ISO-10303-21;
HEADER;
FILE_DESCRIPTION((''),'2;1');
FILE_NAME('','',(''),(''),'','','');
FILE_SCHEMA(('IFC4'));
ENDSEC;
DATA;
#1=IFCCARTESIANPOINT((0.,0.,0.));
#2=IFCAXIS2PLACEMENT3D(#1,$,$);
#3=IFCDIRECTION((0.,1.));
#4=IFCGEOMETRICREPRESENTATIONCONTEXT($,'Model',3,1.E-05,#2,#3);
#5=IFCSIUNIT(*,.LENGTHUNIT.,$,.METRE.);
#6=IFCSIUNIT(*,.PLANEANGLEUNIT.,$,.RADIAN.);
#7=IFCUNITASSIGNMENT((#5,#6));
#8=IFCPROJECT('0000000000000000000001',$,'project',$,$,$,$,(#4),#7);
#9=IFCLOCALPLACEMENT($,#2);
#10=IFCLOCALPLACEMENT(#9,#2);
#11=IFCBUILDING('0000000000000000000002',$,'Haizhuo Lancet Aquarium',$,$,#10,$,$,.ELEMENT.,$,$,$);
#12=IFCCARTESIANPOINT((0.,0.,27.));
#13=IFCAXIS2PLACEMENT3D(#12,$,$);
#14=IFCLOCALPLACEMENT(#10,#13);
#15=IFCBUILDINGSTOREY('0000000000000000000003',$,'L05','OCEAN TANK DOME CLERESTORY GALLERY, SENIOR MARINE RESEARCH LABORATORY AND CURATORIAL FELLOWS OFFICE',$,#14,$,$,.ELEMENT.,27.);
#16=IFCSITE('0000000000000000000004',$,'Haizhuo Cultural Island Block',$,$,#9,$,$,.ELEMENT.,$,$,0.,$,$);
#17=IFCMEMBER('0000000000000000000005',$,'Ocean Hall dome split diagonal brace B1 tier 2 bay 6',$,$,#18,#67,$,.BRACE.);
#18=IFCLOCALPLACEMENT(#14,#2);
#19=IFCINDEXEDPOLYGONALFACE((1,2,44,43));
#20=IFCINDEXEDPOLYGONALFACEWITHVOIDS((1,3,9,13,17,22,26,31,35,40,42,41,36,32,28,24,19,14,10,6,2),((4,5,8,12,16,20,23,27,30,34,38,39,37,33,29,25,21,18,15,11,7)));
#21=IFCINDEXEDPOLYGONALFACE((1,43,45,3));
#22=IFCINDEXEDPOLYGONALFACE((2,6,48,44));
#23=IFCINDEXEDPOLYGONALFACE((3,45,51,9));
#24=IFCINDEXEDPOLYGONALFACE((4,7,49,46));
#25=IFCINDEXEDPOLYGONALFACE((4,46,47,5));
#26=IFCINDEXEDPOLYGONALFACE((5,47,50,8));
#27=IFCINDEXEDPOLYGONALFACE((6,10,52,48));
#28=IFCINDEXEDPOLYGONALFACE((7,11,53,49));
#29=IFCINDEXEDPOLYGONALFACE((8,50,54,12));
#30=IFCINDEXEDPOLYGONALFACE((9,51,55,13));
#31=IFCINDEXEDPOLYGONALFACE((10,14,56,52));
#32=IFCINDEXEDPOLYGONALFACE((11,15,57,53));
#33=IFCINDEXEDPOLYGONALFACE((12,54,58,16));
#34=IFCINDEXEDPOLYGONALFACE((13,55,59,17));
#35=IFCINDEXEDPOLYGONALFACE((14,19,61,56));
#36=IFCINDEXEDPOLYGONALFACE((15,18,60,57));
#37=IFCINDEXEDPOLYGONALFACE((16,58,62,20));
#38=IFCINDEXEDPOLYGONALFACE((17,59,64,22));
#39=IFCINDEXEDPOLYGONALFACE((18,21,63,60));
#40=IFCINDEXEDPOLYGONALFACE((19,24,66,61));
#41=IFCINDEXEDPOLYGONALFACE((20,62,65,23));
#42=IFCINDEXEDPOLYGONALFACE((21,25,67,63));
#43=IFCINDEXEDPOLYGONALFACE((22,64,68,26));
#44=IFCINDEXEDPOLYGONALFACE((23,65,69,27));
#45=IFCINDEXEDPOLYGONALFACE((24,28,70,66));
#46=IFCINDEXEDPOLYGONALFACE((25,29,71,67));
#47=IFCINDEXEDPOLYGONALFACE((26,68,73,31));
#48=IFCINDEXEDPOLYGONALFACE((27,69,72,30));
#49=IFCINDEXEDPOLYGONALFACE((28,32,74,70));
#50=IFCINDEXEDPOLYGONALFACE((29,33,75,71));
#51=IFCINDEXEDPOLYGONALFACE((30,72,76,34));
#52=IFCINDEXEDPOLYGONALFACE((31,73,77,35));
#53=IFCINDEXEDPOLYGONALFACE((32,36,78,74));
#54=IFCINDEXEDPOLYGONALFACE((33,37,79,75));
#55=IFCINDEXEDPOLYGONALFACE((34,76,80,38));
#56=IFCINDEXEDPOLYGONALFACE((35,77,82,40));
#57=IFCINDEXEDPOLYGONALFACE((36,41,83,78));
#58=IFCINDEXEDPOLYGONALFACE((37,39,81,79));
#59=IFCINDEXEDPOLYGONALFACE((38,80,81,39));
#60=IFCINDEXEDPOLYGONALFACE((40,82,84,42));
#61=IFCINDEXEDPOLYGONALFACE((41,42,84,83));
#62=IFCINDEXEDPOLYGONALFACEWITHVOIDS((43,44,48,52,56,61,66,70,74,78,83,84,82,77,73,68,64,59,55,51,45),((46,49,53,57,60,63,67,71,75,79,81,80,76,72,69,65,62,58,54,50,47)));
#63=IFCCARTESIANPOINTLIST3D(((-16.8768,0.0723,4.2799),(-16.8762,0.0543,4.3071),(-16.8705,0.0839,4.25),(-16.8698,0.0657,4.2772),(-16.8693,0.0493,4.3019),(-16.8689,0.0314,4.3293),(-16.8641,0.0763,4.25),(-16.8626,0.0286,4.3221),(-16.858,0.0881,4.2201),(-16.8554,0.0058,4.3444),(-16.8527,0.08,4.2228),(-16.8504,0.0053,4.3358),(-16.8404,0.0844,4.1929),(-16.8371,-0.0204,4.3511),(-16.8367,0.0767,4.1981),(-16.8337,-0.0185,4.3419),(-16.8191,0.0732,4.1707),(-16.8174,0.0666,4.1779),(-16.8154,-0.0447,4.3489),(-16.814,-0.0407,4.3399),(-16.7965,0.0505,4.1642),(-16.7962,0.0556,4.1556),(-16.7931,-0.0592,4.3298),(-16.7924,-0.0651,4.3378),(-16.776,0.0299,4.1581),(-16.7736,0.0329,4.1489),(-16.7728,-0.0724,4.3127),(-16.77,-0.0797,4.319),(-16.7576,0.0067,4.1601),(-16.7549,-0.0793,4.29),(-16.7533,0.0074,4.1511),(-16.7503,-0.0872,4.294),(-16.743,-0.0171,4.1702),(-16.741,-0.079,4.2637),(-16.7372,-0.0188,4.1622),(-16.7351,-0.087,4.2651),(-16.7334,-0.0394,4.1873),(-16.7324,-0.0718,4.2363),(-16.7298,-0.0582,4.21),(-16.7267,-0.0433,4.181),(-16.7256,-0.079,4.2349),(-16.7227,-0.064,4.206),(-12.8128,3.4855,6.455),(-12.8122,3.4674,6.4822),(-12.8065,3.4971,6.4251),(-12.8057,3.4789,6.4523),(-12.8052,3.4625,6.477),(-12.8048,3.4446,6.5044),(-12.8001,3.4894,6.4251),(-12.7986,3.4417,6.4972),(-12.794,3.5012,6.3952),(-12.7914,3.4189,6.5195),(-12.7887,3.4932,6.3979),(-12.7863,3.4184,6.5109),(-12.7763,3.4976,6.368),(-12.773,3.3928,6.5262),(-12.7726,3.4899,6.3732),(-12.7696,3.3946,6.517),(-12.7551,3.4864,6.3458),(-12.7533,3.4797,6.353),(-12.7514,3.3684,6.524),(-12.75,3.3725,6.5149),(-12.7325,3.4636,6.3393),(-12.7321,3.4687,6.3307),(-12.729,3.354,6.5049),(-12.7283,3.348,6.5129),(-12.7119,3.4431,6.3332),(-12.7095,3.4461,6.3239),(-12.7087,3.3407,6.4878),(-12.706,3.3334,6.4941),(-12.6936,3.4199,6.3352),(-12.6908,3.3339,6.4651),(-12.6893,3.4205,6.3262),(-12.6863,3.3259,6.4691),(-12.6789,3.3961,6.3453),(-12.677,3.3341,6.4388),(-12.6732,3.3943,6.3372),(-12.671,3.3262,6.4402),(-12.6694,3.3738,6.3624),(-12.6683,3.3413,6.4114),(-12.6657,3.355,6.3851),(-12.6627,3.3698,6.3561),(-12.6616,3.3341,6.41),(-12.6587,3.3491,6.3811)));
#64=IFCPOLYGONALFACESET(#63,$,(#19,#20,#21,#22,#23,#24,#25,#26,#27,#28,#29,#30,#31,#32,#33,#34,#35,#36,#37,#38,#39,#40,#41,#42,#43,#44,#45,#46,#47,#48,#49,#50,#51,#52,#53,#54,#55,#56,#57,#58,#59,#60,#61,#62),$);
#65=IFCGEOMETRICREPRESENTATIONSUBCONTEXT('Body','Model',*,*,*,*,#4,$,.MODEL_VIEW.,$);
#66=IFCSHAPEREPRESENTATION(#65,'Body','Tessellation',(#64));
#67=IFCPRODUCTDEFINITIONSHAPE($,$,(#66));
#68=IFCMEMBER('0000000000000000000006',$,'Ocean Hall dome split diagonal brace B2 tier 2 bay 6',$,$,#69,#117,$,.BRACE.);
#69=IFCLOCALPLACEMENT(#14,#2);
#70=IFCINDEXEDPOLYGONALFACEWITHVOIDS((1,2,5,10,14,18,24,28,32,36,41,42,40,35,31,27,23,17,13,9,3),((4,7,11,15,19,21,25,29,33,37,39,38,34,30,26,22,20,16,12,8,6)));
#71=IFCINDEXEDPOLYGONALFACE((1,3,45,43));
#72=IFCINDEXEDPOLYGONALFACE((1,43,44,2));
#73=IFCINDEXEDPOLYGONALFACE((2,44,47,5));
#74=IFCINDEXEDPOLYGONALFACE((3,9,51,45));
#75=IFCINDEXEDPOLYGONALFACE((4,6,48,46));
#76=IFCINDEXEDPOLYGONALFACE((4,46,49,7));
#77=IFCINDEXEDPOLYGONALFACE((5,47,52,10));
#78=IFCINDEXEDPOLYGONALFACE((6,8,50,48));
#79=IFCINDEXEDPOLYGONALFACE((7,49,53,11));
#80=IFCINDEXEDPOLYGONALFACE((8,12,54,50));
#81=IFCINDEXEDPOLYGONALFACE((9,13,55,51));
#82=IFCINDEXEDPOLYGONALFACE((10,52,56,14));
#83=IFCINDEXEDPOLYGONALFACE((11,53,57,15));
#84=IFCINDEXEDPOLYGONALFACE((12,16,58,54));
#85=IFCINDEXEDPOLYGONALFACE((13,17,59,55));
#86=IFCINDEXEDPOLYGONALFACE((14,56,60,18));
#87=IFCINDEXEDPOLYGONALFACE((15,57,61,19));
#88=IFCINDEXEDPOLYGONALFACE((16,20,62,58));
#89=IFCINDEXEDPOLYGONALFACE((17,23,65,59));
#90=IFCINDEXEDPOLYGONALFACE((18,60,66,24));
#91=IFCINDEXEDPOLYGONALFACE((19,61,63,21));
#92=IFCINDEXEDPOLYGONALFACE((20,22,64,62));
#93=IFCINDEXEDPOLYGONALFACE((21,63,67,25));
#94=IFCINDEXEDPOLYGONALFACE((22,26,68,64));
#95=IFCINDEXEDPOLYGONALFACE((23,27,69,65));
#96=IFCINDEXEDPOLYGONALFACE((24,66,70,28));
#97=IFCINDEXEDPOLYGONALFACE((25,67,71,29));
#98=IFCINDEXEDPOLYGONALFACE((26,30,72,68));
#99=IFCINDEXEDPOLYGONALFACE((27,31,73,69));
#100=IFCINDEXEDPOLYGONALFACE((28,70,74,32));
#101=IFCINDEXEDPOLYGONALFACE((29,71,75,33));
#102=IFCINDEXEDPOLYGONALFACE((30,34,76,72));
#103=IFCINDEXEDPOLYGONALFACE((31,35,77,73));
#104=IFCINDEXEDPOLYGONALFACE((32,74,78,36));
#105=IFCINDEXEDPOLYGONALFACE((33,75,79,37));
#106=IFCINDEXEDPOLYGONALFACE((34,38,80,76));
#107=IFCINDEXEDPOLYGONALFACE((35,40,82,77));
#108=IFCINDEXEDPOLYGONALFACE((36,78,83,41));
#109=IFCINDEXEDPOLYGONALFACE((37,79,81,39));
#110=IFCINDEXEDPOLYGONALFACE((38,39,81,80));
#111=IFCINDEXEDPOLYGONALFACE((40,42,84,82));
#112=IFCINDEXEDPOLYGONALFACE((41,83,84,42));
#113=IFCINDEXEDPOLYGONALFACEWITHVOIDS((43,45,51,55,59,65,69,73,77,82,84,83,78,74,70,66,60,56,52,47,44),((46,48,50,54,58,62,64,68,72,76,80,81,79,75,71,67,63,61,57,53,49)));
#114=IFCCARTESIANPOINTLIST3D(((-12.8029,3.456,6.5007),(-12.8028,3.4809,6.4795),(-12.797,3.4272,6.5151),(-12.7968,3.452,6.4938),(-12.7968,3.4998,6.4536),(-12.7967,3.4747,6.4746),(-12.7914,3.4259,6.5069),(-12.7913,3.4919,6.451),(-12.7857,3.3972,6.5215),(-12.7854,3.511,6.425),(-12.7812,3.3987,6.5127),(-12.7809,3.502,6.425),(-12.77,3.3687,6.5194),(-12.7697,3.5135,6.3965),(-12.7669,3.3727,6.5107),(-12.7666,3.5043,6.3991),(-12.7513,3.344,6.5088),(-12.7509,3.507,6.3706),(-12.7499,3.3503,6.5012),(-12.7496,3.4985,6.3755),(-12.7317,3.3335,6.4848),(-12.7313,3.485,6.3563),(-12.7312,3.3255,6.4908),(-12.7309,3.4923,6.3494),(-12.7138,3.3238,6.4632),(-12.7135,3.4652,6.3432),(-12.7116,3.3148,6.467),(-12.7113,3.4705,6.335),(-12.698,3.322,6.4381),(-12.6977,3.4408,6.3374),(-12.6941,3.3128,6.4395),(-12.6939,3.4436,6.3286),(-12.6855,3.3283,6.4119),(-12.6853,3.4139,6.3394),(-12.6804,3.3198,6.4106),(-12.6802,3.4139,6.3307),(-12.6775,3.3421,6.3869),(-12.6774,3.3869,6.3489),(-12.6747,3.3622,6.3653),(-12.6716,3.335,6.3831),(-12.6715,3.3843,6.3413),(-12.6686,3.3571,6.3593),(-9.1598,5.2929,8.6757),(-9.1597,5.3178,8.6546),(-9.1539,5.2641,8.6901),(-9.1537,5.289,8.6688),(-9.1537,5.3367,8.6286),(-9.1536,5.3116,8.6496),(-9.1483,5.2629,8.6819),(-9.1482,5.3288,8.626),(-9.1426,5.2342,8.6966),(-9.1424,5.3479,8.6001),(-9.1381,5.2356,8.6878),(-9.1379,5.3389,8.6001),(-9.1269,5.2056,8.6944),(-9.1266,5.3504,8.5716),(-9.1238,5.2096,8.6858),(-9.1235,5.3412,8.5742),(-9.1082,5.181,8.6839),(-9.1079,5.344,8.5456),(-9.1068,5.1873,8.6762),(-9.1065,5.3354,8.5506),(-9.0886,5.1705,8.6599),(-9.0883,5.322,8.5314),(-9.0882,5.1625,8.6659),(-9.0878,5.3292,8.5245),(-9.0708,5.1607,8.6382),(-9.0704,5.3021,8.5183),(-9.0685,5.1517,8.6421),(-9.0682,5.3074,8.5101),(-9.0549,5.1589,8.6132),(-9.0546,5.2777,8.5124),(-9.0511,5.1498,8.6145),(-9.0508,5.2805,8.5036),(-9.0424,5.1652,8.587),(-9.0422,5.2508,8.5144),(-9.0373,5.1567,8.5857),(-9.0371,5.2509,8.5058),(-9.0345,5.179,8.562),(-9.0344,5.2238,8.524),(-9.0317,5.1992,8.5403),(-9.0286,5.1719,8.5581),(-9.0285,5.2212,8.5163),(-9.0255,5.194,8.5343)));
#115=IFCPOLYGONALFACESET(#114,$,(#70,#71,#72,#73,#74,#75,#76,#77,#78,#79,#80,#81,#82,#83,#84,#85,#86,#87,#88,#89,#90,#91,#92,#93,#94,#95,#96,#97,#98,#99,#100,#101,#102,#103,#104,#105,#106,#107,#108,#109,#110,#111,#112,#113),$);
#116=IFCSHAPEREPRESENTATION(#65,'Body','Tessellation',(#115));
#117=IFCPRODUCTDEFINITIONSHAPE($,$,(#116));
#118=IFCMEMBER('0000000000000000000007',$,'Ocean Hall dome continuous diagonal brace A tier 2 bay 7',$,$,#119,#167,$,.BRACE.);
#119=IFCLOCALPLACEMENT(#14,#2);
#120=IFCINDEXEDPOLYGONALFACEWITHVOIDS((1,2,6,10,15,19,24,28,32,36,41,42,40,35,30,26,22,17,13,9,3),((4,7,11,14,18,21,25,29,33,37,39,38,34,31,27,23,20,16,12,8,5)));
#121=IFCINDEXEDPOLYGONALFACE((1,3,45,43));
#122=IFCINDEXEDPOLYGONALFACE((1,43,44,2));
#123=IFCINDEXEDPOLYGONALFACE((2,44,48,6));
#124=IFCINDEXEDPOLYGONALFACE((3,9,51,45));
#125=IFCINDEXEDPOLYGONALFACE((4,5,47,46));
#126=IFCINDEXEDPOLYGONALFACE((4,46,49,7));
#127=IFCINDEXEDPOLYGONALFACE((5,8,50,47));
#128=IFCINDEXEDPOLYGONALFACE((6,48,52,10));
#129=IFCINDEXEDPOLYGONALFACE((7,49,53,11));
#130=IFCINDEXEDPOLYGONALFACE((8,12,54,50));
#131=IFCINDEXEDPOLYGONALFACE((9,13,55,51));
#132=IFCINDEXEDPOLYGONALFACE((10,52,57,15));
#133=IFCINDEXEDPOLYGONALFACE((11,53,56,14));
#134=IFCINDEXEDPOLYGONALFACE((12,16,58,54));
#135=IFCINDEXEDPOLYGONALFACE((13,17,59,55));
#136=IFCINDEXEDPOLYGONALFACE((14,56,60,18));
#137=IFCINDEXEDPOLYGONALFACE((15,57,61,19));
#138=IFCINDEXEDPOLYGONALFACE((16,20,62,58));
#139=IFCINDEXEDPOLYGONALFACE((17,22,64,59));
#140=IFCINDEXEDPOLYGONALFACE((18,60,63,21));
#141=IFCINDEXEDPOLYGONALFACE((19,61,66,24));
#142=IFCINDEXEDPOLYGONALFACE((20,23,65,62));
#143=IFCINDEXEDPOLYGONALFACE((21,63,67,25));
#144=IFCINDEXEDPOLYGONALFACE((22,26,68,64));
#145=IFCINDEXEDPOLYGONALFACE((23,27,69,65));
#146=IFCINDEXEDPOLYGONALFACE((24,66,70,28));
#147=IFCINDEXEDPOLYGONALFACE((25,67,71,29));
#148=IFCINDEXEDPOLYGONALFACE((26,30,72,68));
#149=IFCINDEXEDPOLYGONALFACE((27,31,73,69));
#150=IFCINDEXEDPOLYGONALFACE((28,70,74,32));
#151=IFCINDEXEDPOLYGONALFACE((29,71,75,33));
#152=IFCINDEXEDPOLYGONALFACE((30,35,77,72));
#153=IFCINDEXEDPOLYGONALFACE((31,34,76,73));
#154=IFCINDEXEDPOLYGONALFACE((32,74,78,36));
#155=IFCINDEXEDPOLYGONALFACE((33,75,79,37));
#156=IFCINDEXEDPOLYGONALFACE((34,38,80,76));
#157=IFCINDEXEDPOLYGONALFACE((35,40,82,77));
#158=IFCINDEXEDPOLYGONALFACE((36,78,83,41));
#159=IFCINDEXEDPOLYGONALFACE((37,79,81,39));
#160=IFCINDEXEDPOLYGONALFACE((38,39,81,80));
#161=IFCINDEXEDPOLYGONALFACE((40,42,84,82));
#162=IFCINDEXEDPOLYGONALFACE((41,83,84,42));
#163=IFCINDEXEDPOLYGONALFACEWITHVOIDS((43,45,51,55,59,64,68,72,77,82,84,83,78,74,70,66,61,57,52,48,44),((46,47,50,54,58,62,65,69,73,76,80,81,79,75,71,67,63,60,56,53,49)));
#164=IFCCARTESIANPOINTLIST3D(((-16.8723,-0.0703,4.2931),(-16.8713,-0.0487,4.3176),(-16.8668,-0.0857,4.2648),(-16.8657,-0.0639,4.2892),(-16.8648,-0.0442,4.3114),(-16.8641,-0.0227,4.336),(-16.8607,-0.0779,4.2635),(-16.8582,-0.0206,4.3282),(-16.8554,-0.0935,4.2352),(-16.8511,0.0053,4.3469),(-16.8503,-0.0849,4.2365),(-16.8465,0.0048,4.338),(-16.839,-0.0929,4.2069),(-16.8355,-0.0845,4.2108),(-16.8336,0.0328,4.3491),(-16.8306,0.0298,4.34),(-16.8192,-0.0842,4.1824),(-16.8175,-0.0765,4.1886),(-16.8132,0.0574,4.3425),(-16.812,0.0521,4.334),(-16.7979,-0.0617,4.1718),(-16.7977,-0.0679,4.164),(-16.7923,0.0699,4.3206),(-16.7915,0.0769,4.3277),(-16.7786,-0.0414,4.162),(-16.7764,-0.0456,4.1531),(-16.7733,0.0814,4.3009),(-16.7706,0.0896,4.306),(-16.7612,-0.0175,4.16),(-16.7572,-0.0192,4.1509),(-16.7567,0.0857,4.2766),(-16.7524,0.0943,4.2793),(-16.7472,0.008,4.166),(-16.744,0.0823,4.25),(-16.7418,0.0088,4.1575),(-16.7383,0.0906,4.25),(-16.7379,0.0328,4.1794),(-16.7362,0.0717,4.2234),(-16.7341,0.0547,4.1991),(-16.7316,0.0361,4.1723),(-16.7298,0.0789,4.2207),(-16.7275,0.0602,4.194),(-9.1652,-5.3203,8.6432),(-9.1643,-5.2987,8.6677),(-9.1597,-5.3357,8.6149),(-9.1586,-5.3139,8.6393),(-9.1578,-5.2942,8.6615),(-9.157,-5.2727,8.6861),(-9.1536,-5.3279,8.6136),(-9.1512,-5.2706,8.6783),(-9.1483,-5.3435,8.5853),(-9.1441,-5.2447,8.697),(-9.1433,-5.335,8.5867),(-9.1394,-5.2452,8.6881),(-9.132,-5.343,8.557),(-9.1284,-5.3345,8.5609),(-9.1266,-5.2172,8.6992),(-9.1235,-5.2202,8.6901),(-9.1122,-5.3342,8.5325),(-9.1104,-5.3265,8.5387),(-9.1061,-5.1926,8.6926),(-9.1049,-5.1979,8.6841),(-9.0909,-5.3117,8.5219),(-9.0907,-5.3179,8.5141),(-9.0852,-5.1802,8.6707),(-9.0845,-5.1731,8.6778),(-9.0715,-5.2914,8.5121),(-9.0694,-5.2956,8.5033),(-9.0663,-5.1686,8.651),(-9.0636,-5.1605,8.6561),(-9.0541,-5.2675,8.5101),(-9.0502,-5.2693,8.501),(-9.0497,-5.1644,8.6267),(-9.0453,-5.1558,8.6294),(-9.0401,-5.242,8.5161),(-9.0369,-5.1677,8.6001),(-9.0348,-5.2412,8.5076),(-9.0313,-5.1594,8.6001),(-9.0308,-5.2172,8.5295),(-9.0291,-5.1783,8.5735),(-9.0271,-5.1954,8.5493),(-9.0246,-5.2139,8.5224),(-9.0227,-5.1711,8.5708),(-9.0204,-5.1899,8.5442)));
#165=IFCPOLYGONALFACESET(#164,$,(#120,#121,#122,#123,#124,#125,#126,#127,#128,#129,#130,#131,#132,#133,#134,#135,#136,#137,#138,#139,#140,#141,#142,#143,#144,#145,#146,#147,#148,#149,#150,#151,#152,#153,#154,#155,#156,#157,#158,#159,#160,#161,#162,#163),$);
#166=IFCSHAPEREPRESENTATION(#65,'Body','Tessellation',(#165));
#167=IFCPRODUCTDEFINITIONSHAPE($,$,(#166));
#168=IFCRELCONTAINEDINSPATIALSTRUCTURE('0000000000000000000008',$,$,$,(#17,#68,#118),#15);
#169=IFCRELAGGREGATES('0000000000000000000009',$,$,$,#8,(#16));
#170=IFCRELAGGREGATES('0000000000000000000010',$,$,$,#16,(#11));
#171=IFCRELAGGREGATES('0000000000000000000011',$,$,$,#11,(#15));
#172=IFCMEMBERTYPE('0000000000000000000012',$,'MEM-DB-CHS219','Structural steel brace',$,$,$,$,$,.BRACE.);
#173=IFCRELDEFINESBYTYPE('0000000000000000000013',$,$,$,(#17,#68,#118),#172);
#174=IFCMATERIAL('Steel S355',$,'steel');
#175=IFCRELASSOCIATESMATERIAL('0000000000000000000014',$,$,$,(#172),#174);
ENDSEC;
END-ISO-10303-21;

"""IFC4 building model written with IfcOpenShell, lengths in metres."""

from ifc_helpers import new_model, si_unit, direction, frame, origin, origin_2d, place, context, subcontext, project, spatial, hollow_circle, extrude, material, material_profile, profile_set, type_object, element, save


model = new_model("IFC4")

# Units and contexts
model_context = context("Model", 3, precision=1e-05, world=origin(), true_north=direction((0.0, 1.0)))
body_context = subcontext(model_context, "Body", "Model", "MODEL_VIEW")
ifc_project = project(units=[si_unit("LENGTHUNIT", "METRE"), si_unit("PLANEANGLEUNIT", "RADIAN")], contexts=[model_context])

# Site, building, storey
site_placement = place(None, origin())
site = spatial("IfcSite", under=ifc_project, at=site_placement, Name="Haizhuo Cultural Island Block", CompositionType="ELEMENT", RefElevation=0.0)
building_placement = place(site_placement, origin())
building = spatial("IfcBuilding", under=site, at=building_placement, Name="Haizhuo Lancet Aquarium", CompositionType="ELEMENT")
storey_placement = place(building_placement, frame((0.0, 0.0, 27.0)))
storey = spatial("IfcBuildingStorey", under=building, at=storey_placement, Name="L05", Description="OCEAN TANK DOME CLERESTORY GALLERY, SENIOR MARINE RESEARCH LABORATORY AND CURATORIAL FELLOWS OFFICE", CompositionType="ELEMENT", Elevation=27.0)

# Members
ifc_material_1 = material(Name="Steel S355", Category="steel")
ifc_material_profile_1 = material_profile(ifc_material_1, hollow_circle(Radius=0.1096, WallThickness=0.01, at=origin_2d()), Name="CHS 219x10")
ifc_profile_set_1 = profile_set([ifc_material_profile_1], Name="Steel S355")
member_type_1 = type_object("IfcMemberType", Name="MEM-DB-CHS219", Description="Structural steel brace", PredefinedType="BRACE", material=ifc_profile_set_1)
member_1_placement = place(storey_placement, frame((-16.8, 0.0, 4.25), z_axis=(0.708565, 0.595082, 0.379227), x_axis=(-0.643121, 0.765765, 0.0)))
element("IfcMember", 1, at=member_1_placement, inside=storey, type_object=member_type_1, Name="Ocean Hall dome split diagonal brace B1 tier 2 bay 6", PredefinedType="BRACE", context=body_context, shape_type="SweptSolid", body=[
    extrude(hollow_circle(Radius=0.1096, WallThickness=0.01, at=origin_2d()), origin(), (0.0, 0.0, 1.0), 5.7356),
])
member_2_placement = place(storey_placement, frame((-12.7361, 3.4131, 6.425), z_axis=(0.787941, 0.397297, 0.47043), x_axis=(-0.450227, 0.892914, 0.0)))
element("IfcMember", 2, at=member_2_placement, inside=storey, type_object=member_type_1, Name="Ocean Hall dome split diagonal brace B2 tier 2 bay 6", PredefinedType="BRACE", context=body_context, shape_type="SweptSolid", body=[
    extrude(hollow_circle(Radius=0.1096, WallThickness=0.01, at=origin_2d()), origin(), (0.0, 0.0, 1.0), 4.6235),
])
member_3_placement = place(storey_placement, frame((-16.8, 0.0, 4.25), z_axis=(0.748982, -0.510204, 0.42275), x_axis=(0.562986, 0.826467, 0.0)))
element("IfcMember", 3, at=member_3_placement, inside=storey, type_object=member_type_1, Name="Ocean Hall dome continuous diagonal brace A tier 2 bay 7", PredefinedType="BRACE", context=body_context, shape_type="SweptSolid", body=[
    extrude(hollow_circle(Radius=0.1096, WallThickness=0.01, at=origin_2d()), origin(), (0.0, 0.0, 1.0), 10.29),
])

save(model, "model.ifc")
